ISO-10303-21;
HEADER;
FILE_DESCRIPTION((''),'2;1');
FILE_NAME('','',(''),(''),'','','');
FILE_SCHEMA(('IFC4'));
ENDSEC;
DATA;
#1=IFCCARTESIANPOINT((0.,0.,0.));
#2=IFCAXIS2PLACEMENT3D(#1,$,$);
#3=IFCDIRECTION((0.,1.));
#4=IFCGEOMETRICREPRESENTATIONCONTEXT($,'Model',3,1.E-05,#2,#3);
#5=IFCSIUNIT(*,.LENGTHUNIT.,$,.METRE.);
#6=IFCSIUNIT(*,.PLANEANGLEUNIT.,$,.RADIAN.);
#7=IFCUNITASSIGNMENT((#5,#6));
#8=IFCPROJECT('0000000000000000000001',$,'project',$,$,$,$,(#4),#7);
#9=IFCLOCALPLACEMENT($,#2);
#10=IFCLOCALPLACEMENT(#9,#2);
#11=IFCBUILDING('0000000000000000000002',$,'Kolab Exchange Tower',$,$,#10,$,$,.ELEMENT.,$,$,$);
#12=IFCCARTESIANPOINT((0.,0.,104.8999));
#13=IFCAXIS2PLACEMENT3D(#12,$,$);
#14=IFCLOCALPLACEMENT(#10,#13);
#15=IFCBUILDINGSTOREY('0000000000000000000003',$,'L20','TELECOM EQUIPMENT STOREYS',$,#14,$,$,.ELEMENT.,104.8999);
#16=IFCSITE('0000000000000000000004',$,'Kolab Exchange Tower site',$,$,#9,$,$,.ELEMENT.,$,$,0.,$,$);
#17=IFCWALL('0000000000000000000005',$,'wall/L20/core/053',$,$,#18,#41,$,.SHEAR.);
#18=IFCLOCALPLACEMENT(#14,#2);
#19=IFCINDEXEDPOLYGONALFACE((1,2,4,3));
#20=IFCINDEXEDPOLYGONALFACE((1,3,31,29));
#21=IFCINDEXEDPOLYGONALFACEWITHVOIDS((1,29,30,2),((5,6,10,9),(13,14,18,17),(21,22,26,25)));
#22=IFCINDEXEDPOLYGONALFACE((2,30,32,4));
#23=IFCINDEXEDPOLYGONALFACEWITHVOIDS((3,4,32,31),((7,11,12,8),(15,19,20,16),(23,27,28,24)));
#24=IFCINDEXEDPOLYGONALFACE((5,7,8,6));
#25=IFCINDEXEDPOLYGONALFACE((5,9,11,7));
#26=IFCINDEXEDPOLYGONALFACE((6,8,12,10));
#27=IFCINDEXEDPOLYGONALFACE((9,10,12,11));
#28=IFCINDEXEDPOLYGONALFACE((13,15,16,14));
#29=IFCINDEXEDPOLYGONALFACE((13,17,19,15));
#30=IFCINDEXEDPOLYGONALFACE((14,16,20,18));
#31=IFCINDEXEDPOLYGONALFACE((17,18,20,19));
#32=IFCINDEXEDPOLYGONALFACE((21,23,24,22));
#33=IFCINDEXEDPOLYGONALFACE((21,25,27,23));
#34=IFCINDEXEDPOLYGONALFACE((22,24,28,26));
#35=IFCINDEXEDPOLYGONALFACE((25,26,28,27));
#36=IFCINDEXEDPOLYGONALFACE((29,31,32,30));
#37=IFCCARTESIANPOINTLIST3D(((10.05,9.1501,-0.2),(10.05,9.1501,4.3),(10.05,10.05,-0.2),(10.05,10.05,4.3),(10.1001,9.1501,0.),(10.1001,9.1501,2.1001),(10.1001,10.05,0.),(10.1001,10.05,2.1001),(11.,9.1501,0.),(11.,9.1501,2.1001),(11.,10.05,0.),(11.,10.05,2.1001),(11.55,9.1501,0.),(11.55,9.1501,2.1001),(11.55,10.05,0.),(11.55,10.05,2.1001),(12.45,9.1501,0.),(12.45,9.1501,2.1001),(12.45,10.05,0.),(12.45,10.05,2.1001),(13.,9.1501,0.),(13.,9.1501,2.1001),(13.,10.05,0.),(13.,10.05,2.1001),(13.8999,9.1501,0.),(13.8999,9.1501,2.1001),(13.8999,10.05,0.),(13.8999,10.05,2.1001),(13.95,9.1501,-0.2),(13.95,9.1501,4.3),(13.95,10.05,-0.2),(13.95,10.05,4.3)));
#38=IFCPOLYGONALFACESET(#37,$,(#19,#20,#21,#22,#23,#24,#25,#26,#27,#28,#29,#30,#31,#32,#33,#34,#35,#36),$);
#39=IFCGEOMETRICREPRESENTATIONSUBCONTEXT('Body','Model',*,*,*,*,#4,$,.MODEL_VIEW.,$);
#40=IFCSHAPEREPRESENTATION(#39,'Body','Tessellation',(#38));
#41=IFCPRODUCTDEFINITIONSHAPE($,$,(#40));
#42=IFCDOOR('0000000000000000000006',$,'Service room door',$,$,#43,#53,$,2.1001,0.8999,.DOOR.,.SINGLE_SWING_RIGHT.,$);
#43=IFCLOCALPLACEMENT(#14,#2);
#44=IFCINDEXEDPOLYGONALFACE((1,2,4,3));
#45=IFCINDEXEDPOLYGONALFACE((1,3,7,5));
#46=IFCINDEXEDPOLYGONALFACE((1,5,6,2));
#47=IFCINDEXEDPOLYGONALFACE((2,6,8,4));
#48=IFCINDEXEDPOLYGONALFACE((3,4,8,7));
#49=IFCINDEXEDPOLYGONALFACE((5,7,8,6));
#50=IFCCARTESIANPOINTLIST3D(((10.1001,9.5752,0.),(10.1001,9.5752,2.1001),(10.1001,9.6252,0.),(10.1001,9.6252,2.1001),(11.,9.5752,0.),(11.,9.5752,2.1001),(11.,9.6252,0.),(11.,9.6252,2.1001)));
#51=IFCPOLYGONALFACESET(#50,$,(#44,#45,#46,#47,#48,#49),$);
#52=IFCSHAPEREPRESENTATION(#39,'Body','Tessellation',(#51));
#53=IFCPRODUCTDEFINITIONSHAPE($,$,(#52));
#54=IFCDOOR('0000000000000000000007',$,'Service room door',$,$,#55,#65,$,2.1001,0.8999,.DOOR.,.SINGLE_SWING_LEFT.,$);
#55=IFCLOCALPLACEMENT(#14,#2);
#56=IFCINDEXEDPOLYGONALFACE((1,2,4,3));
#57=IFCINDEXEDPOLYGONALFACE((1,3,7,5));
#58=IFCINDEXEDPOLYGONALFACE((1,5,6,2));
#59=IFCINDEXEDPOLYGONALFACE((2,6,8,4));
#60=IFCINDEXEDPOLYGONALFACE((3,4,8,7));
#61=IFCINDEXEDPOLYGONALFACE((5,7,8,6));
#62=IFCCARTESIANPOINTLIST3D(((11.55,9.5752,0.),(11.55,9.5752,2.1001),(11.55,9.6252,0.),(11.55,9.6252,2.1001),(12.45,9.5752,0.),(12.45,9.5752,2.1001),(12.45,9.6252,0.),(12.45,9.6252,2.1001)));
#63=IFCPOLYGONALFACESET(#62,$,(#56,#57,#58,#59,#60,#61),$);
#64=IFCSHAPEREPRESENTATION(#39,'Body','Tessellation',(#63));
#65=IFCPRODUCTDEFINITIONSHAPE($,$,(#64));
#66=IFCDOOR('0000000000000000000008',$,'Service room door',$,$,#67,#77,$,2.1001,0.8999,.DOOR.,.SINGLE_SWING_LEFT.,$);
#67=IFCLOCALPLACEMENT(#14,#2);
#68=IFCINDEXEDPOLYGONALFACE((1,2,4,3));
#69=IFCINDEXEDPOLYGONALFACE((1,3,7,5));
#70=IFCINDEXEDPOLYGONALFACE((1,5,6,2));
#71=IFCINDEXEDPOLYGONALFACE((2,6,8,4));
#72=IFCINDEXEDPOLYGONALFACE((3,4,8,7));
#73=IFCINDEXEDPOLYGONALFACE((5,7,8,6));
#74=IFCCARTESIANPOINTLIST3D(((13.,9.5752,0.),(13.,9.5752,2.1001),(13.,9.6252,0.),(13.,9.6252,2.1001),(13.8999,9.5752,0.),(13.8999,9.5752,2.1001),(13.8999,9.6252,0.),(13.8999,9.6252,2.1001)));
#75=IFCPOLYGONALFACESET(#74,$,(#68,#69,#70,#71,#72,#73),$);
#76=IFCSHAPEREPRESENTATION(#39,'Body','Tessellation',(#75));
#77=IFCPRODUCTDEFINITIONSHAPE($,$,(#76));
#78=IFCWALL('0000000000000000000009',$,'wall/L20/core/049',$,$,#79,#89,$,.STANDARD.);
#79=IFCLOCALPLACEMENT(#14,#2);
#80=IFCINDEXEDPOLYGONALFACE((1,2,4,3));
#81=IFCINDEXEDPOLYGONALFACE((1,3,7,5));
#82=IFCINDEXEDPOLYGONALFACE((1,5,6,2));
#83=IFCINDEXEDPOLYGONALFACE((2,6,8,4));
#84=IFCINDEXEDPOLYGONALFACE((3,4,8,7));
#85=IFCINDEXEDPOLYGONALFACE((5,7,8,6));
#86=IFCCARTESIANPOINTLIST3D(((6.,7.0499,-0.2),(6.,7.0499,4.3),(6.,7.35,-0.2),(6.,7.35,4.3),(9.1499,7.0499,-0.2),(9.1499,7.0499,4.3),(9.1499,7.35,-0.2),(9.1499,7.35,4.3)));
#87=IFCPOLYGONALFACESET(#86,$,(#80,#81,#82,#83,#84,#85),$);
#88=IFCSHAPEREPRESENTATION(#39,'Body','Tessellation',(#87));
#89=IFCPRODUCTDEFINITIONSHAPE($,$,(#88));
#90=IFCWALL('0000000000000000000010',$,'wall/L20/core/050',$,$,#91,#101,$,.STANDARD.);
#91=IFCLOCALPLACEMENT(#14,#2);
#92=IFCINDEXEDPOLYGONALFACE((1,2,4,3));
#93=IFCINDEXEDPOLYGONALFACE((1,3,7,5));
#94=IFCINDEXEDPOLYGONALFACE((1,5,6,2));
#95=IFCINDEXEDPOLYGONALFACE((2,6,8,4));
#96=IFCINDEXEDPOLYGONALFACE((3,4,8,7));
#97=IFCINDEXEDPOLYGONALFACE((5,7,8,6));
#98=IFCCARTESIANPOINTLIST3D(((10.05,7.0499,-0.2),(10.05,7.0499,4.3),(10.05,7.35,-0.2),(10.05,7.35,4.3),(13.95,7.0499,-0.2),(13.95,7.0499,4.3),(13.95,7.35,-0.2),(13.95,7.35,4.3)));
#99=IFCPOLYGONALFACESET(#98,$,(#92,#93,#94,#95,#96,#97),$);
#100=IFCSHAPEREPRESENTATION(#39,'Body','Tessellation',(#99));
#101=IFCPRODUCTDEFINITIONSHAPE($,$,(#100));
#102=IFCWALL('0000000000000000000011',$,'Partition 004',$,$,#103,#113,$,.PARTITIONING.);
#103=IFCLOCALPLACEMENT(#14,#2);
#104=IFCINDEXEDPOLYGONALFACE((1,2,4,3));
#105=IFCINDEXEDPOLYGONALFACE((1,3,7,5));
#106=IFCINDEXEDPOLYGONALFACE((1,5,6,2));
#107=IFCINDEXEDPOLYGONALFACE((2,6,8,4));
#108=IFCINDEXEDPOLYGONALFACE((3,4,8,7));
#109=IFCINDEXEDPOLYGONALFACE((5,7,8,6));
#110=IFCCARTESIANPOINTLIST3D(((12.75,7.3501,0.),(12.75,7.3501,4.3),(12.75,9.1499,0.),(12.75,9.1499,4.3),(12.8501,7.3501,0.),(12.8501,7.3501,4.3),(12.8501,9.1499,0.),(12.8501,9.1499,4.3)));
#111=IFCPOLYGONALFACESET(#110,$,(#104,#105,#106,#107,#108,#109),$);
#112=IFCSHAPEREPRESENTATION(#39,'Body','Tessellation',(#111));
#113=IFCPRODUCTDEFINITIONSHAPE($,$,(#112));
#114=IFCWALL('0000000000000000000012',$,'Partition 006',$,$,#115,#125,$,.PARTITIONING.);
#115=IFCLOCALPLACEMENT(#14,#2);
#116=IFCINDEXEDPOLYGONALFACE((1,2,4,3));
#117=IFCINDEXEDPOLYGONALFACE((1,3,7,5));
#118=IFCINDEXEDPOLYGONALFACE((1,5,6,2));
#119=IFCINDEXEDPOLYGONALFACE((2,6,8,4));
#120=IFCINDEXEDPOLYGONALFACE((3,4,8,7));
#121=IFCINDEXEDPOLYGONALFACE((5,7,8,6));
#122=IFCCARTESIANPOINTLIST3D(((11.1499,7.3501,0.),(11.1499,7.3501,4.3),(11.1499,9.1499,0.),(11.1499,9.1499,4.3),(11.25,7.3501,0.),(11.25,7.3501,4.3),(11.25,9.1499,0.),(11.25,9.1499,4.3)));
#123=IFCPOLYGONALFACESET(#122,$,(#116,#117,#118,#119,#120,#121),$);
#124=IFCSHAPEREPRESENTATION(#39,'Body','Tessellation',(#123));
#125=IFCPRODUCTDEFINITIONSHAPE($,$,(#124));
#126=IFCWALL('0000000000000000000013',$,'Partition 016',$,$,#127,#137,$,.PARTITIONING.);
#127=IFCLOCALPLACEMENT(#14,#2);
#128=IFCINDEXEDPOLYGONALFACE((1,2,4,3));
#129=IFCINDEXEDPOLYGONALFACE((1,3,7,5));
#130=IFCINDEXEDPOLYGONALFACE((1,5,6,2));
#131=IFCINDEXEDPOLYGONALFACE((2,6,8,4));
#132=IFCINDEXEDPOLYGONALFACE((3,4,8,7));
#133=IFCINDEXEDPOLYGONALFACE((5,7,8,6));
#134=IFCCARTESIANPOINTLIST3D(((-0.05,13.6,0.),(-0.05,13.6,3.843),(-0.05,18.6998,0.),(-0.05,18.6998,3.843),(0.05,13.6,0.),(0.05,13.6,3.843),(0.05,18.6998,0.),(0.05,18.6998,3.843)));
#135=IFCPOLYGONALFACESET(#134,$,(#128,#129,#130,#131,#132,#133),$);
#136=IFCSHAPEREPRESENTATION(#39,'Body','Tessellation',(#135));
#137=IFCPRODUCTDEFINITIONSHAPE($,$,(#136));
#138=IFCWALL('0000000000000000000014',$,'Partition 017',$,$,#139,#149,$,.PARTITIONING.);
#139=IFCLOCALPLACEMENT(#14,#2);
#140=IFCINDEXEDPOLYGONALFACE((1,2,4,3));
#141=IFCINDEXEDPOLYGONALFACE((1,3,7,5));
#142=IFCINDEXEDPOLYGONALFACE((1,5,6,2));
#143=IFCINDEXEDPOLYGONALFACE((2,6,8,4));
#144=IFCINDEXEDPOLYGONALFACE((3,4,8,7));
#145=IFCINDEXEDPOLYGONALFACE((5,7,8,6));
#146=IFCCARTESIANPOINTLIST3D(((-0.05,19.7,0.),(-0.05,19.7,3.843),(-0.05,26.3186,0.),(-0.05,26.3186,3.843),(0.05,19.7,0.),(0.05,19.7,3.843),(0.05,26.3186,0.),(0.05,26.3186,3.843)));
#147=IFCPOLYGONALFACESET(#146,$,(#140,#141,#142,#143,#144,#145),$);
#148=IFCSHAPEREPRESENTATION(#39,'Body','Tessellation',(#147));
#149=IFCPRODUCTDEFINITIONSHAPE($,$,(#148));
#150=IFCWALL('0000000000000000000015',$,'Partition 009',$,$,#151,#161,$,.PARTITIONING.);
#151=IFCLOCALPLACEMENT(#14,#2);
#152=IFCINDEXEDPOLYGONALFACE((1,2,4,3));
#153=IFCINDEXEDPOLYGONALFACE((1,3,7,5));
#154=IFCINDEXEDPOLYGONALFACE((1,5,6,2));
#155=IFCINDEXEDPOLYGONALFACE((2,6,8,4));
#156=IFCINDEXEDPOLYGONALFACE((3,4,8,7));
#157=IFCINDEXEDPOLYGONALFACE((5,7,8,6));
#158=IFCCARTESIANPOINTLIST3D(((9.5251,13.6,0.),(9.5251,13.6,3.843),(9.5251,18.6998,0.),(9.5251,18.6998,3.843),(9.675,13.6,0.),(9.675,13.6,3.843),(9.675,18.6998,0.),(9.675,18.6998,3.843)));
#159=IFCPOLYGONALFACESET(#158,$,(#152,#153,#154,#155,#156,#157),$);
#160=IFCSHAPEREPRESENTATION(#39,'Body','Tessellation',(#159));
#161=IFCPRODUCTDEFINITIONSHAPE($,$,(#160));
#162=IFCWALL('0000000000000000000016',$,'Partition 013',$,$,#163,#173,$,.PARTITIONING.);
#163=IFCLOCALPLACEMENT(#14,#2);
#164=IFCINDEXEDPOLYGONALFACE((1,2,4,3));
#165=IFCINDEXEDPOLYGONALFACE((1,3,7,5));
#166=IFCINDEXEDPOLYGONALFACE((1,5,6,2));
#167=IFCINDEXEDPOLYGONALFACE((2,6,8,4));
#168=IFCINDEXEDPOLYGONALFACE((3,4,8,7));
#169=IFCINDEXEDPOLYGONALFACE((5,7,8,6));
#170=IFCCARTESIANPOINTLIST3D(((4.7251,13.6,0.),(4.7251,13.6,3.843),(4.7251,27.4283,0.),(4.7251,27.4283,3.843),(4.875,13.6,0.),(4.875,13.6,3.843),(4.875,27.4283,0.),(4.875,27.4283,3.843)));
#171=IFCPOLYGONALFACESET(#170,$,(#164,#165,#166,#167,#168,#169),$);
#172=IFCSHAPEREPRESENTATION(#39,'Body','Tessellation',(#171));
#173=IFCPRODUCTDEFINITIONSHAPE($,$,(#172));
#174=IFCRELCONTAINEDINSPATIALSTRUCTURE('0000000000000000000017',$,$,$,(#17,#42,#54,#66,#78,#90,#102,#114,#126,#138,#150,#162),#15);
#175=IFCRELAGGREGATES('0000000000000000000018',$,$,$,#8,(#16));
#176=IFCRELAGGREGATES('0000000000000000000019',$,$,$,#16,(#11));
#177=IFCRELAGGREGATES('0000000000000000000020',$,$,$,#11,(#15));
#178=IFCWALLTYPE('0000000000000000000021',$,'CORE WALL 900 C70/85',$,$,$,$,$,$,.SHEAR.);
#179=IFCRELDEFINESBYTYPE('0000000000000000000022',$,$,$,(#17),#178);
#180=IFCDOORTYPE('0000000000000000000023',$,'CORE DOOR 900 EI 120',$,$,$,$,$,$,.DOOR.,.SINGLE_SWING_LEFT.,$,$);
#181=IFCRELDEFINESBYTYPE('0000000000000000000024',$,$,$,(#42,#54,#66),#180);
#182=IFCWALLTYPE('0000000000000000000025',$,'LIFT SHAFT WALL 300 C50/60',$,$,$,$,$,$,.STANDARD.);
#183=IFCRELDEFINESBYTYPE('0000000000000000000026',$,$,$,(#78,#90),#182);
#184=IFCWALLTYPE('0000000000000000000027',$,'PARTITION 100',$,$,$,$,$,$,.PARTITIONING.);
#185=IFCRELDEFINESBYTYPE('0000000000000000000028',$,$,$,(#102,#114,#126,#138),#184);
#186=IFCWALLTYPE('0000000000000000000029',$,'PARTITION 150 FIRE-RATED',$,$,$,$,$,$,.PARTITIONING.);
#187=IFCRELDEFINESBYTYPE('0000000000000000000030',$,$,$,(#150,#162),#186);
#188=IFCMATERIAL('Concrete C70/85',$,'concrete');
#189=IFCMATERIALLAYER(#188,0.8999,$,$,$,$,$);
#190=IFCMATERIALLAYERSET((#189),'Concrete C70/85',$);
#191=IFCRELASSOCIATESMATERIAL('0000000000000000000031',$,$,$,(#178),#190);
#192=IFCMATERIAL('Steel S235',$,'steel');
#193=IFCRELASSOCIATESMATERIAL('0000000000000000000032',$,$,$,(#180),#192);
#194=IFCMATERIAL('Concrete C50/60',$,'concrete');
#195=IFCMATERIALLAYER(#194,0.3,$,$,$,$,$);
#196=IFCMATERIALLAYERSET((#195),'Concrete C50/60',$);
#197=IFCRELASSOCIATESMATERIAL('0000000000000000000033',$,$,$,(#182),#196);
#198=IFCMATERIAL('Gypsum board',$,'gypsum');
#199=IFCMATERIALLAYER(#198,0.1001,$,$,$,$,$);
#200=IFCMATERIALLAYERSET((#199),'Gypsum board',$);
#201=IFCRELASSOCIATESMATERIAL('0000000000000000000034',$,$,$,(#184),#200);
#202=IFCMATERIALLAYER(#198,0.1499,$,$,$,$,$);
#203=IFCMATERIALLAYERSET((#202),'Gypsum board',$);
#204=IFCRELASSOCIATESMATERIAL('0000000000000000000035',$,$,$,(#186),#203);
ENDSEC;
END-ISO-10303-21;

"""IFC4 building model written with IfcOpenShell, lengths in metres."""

from ifc_helpers import new_model, si_unit, direction, frame, frame_2d, origin, place, context, subcontext, project, spatial, rectangle, extrude, material, layer, layer_set, type_object, element, fill, save


model = new_model("IFC4")

# Units and contexts
model_context = context("Model", 3, precision=1e-05, world=origin(), true_north=direction((0.0, 1.0)))
body_context = subcontext(model_context, "Body", "Model", "MODEL_VIEW")
ifc_project = project(units=[si_unit("LENGTHUNIT", "METRE"), si_unit("PLANEANGLEUNIT", "RADIAN")], contexts=[model_context])

# Site, building, storey
site_placement = place(None, origin())
site = spatial("IfcSite", under=ifc_project, at=site_placement, Name="Kolab Exchange Tower site", CompositionType="ELEMENT", RefElevation=0.0)
building_placement = place(site_placement, origin())
building = spatial("IfcBuilding", under=site, at=building_placement, Name="Kolab Exchange Tower", CompositionType="ELEMENT")
storey_placement = place(building_placement, frame((0.0, 0.0, 104.8999)))
storey = spatial("IfcBuildingStorey", under=building, at=storey_placement, Name="L20", Description="TELECOM EQUIPMENT STOREYS", CompositionType="ELEMENT", Elevation=104.8999)

# Shared definitions
ifc_material_1 = material(Name="Concrete C70/85", Category="concrete")

# Wall, openings, doors
ifc_layer_1 = layer(ifc_material_1, 0.8999)
ifc_layer_set_1 = layer_set([ifc_layer_1], Name="Concrete C70/85")
wall_type_1 = type_object("IfcWallType", Name="CORE WALL 900 C70/85", PredefinedType="SHEAR", material=ifc_layer_set_1)
wall_1_placement = place(storey_placement, frame((10.05, 9.6001, -0.2), z_axis=(0.0, 0.0, 1.0), x_axis=(1.0, 0.0, 0.0)))
wall_1 = element("IfcWall", 1, at=wall_1_placement, inside=storey, type_object=wall_type_1, Name="wall/L20/core/053", PredefinedType="SHEAR", context=body_context, shape_type="SweptSolid", body=[
    extrude(rectangle(XDim=3.8999, YDim=0.8999, at=frame_2d((1.95, 0.0))), origin(), (0.0, 0.0, 1.0), 4.5),
])
opening_1_placement = place(wall_1_placement, frame((0.05, 0.0, 0.2)))
opening_1 = element("IfcOpeningElement", 2, at=opening_1_placement, cuts=wall_1, PredefinedType="OPENING", context=body_context, shape_type="SweptSolid", body=[
    extrude(rectangle(XDim=0.8999, YDim=2.1001, at=frame_2d((0.45, 1.05))), frame((0.0, 0.46, 0.0), z_axis=(0.0, -1.0, 0.0), x_axis=(1.0, 0.0, 0.0)), (0.0, 0.0, 1.0), 0.9199),
])
opening_2_placement = place(wall_1_placement, frame((1.5, 0.0, 0.2)))
opening_2 = element("IfcOpeningElement", 3, at=opening_2_placement, cuts=wall_1, PredefinedType="OPENING", context=body_context, shape_type="SweptSolid", body=[
    extrude(rectangle(XDim=0.8999, YDim=2.1001, at=frame_2d((0.45, 1.05))), frame((0.0, 0.46, 0.0), z_axis=(0.0, -1.0, 0.0), x_axis=(1.0, 0.0, 0.0)), (0.0, 0.0, 1.0), 0.9199),
])
opening_3_placement = place(wall_1_placement, frame((2.95, 0.0, 0.2)))
opening_3 = element("IfcOpeningElement", 4, at=opening_3_placement, cuts=wall_1, PredefinedType="OPENING", context=body_context, shape_type="SweptSolid", body=[
    extrude(rectangle(XDim=0.8999, YDim=2.1001, at=frame_2d((0.45, 1.05))), frame((0.0, 0.46, 0.0), z_axis=(0.0, -1.0, 0.0), x_axis=(1.0, 0.0, 0.0)), (0.0, 0.0, 1.0), 0.9199),
])
ifc_material_2 = material(Name="Steel S235", Category="steel")
door_type = type_object("IfcDoorType", Name="CORE DOOR 900 EI 120", OperationType="SINGLE_SWING_LEFT", PredefinedType="DOOR", material=ifc_material_2)
door_1_placement = place(opening_1_placement, frame((0.8999, 0.0, 0.0), z_axis=(0.0, 0.0, 1.0), x_axis=(-1.0, 0.0, 0.0)))
door_1 = element("IfcDoor", 5, at=door_1_placement, inside=storey, type_object=door_type, Name="Service room door", OperationType="SINGLE_SWING_RIGHT", OverallHeight=2.1001, OverallWidth=0.8999, PredefinedType="DOOR", context=body_context, shape_type="SweptSolid", body=[
    extrude(rectangle(XDim=0.8999, YDim=2.1001, at=frame_2d((0.45, 1.05))), frame((0.0, 0.0249, 0.0), z_axis=(0.0, -1.0, 0.0), x_axis=(1.0, 0.0, 0.0)), (0.0, 0.0, 1.0), 0.05),
])
fill(opening_1, door_1)
door_2_placement = place(opening_2_placement, frame((0.8999, 0.0, 0.0), z_axis=(0.0, 0.0, 1.0), x_axis=(-1.0, 0.0, 0.0)))
door_2 = element("IfcDoor", 6, at=door_2_placement, inside=storey, type_object=door_type, Name="Service room door", OperationType="SINGLE_SWING_LEFT", OverallHeight=2.1001, OverallWidth=0.8999, PredefinedType="DOOR", context=body_context, shape_type="SweptSolid", body=[
    extrude(rectangle(XDim=0.8999, YDim=2.1001, at=frame_2d((0.45, 1.05))), frame((0.0, 0.0249, 0.0), z_axis=(0.0, -1.0, 0.0), x_axis=(1.0, 0.0, 0.0)), (0.0, 0.0, 1.0), 0.05),
])
fill(opening_2, door_2)
door_3_placement = place(opening_3_placement, frame((0.8999, 0.0, 0.0), z_axis=(0.0, 0.0, 1.0), x_axis=(-1.0, 0.0, 0.0)))
door_3 = element("IfcDoor", 7, at=door_3_placement, inside=storey, type_object=door_type, Name="Service room door", OperationType="SINGLE_SWING_LEFT", OverallHeight=2.1001, OverallWidth=0.8999, PredefinedType="DOOR", context=body_context, shape_type="SweptSolid", body=[
    extrude(rectangle(XDim=0.8999, YDim=2.1001, at=frame_2d((0.45, 1.05))), frame((0.0, 0.0249, 0.0), z_axis=(0.0, -1.0, 0.0), x_axis=(1.0, 0.0, 0.0)), (0.0, 0.0, 1.0), 0.05),
])
fill(opening_3, door_3)

# Walls
ifc_material_3 = material(Name="Concrete C50/60", Category="concrete")
ifc_layer_2 = layer(ifc_material_3, 0.3)
ifc_layer_set_2 = layer_set([ifc_layer_2], Name="Concrete C50/60")
wall_type_2 = type_object("IfcWallType", Name="LIFT SHAFT WALL 300 C50/60", PredefinedType="STANDARD", material=ifc_layer_set_2)
wall_2_placement = place(storey_placement, frame((6.0, 7.2, -0.2), z_axis=(0.0, 0.0, 1.0), x_axis=(1.0, 0.0, 0.0)))
element("IfcWall", 8, at=wall_2_placement, inside=storey, type_object=wall_type_2, Name="wall/L20/core/049", PredefinedType="STANDARD", context=body_context, shape_type="SweptSolid", body=[
    extrude(rectangle(XDim=3.1499, YDim=0.3, at=frame_2d((1.575, 0.0))), origin(), (0.0, 0.0, 1.0), 4.5),
])
wall_3_placement = place(storey_placement, frame((10.05, 7.2, -0.2), z_axis=(0.0, 0.0, 1.0), x_axis=(1.0, 0.0, 0.0)))
element("IfcWall", 9, at=wall_3_placement, inside=storey, type_object=wall_type_2, Name="wall/L20/core/050", PredefinedType="STANDARD", context=body_context, shape_type="SweptSolid", body=[
    extrude(rectangle(XDim=3.8999, YDim=0.3, at=frame_2d((1.95, 0.0))), origin(), (0.0, 0.0, 1.0), 4.5),
])
ifc_material_4 = material(Name="Gypsum board", Category="gypsum")
ifc_layer_3 = layer(ifc_material_4, 0.1001)
ifc_layer_set_3 = layer_set([ifc_layer_3], Name="Gypsum board")
wall_type_3 = type_object("IfcWallType", Name="PARTITION 100", PredefinedType="PARTITIONING", material=ifc_layer_set_3)
for number, where, z_axis, x_axis, name in (
    (10, (12.8, 7.3501, 0.0), (0.0, 0.0, 1.0), (0.0, 1.0, 0.0), "Partition 004"),
    (11, (11.2, 7.3501, 0.0), (0.0, 0.0, 1.0), (0.0, 1.0, 0.0), "Partition 006"),
):
    element("IfcWall", number, at=place(storey_placement, frame(where, z_axis=z_axis, x_axis=x_axis)), inside=storey, type_object=wall_type_3, Name=name, PredefinedType="PARTITIONING", context=body_context, shape_type="SweptSolid", body=[
        extrude(rectangle(XDim=1.7998, YDim=0.1001, at=frame_2d((0.8999, 0.0))), origin(), (0.0, 0.0, 1.0), 4.3),
    ])
wall_4_placement = place(storey_placement, frame((0.0, 13.6001, 0.0), z_axis=(0.0, 0.0, 1.0), x_axis=(0.0, 1.0, 0.0)))
element("IfcWall", 12, at=wall_4_placement, inside=storey, type_object=wall_type_3, Name="Partition 016", PredefinedType="PARTITIONING", context=body_context, shape_type="SweptSolid", body=[
    extrude(rectangle(XDim=5.0999, YDim=0.1001, at=frame_2d((2.5498, 0.0))), origin(), (0.0, 0.0, 1.0), 3.843),
])
wall_5_placement = place(storey_placement, frame((0.0, 19.7, 0.0), z_axis=(0.0, 0.0, 1.0), x_axis=(0.0, 1.0, 0.0)))
element("IfcWall", 13, at=wall_5_placement, inside=storey, type_object=wall_type_3, Name="Partition 017", PredefinedType="PARTITIONING", context=body_context, shape_type="SweptSolid", body=[
    extrude(rectangle(XDim=6.6187, YDim=0.1001, at=frame_2d((3.3093, 0.0))), origin(), (0.0, 0.0, 1.0), 3.843),
])
ifc_layer_4 = layer(ifc_material_4, 0.1499)
ifc_layer_set_4 = layer_set([ifc_layer_4], Name="Gypsum board")
wall_type_4 = type_object("IfcWallType", Name="PARTITION 150 FIRE-RATED", PredefinedType="PARTITIONING", material=ifc_layer_set_4)
wall_6_placement = place(storey_placement, frame((9.6001, 13.6001, 0.0), z_axis=(0.0, 0.0, 1.0), x_axis=(0.0, 1.0, 0.0)))
element("IfcWall", 14, at=wall_6_placement, inside=storey, type_object=wall_type_4, Name="Partition 009", PredefinedType="PARTITIONING", context=body_context, shape_type="SweptSolid", body=[
    extrude(rectangle(XDim=5.0999, YDim=0.1499, at=frame_2d((2.5498, 0.0))), origin(), (0.0, 0.0, 1.0), 3.843),
])
wall_7_placement = place(storey_placement, frame((4.8, 13.6001, 0.0), z_axis=(0.0, 0.0, 1.0), x_axis=(0.0, 1.0, 0.0)))
element("IfcWall", 15, at=wall_7_placement, inside=storey, type_object=wall_type_4, Name="Partition 013", PredefinedType="PARTITIONING", context=body_context, shape_type="SweptSolid", body=[
    extrude(rectangle(XDim=13.8284, YDim=0.1499, at=frame_2d((6.9141, 0.0))), origin(), (0.0, 0.0, 1.0), 3.843),
])

save(model, "model.ifc")
